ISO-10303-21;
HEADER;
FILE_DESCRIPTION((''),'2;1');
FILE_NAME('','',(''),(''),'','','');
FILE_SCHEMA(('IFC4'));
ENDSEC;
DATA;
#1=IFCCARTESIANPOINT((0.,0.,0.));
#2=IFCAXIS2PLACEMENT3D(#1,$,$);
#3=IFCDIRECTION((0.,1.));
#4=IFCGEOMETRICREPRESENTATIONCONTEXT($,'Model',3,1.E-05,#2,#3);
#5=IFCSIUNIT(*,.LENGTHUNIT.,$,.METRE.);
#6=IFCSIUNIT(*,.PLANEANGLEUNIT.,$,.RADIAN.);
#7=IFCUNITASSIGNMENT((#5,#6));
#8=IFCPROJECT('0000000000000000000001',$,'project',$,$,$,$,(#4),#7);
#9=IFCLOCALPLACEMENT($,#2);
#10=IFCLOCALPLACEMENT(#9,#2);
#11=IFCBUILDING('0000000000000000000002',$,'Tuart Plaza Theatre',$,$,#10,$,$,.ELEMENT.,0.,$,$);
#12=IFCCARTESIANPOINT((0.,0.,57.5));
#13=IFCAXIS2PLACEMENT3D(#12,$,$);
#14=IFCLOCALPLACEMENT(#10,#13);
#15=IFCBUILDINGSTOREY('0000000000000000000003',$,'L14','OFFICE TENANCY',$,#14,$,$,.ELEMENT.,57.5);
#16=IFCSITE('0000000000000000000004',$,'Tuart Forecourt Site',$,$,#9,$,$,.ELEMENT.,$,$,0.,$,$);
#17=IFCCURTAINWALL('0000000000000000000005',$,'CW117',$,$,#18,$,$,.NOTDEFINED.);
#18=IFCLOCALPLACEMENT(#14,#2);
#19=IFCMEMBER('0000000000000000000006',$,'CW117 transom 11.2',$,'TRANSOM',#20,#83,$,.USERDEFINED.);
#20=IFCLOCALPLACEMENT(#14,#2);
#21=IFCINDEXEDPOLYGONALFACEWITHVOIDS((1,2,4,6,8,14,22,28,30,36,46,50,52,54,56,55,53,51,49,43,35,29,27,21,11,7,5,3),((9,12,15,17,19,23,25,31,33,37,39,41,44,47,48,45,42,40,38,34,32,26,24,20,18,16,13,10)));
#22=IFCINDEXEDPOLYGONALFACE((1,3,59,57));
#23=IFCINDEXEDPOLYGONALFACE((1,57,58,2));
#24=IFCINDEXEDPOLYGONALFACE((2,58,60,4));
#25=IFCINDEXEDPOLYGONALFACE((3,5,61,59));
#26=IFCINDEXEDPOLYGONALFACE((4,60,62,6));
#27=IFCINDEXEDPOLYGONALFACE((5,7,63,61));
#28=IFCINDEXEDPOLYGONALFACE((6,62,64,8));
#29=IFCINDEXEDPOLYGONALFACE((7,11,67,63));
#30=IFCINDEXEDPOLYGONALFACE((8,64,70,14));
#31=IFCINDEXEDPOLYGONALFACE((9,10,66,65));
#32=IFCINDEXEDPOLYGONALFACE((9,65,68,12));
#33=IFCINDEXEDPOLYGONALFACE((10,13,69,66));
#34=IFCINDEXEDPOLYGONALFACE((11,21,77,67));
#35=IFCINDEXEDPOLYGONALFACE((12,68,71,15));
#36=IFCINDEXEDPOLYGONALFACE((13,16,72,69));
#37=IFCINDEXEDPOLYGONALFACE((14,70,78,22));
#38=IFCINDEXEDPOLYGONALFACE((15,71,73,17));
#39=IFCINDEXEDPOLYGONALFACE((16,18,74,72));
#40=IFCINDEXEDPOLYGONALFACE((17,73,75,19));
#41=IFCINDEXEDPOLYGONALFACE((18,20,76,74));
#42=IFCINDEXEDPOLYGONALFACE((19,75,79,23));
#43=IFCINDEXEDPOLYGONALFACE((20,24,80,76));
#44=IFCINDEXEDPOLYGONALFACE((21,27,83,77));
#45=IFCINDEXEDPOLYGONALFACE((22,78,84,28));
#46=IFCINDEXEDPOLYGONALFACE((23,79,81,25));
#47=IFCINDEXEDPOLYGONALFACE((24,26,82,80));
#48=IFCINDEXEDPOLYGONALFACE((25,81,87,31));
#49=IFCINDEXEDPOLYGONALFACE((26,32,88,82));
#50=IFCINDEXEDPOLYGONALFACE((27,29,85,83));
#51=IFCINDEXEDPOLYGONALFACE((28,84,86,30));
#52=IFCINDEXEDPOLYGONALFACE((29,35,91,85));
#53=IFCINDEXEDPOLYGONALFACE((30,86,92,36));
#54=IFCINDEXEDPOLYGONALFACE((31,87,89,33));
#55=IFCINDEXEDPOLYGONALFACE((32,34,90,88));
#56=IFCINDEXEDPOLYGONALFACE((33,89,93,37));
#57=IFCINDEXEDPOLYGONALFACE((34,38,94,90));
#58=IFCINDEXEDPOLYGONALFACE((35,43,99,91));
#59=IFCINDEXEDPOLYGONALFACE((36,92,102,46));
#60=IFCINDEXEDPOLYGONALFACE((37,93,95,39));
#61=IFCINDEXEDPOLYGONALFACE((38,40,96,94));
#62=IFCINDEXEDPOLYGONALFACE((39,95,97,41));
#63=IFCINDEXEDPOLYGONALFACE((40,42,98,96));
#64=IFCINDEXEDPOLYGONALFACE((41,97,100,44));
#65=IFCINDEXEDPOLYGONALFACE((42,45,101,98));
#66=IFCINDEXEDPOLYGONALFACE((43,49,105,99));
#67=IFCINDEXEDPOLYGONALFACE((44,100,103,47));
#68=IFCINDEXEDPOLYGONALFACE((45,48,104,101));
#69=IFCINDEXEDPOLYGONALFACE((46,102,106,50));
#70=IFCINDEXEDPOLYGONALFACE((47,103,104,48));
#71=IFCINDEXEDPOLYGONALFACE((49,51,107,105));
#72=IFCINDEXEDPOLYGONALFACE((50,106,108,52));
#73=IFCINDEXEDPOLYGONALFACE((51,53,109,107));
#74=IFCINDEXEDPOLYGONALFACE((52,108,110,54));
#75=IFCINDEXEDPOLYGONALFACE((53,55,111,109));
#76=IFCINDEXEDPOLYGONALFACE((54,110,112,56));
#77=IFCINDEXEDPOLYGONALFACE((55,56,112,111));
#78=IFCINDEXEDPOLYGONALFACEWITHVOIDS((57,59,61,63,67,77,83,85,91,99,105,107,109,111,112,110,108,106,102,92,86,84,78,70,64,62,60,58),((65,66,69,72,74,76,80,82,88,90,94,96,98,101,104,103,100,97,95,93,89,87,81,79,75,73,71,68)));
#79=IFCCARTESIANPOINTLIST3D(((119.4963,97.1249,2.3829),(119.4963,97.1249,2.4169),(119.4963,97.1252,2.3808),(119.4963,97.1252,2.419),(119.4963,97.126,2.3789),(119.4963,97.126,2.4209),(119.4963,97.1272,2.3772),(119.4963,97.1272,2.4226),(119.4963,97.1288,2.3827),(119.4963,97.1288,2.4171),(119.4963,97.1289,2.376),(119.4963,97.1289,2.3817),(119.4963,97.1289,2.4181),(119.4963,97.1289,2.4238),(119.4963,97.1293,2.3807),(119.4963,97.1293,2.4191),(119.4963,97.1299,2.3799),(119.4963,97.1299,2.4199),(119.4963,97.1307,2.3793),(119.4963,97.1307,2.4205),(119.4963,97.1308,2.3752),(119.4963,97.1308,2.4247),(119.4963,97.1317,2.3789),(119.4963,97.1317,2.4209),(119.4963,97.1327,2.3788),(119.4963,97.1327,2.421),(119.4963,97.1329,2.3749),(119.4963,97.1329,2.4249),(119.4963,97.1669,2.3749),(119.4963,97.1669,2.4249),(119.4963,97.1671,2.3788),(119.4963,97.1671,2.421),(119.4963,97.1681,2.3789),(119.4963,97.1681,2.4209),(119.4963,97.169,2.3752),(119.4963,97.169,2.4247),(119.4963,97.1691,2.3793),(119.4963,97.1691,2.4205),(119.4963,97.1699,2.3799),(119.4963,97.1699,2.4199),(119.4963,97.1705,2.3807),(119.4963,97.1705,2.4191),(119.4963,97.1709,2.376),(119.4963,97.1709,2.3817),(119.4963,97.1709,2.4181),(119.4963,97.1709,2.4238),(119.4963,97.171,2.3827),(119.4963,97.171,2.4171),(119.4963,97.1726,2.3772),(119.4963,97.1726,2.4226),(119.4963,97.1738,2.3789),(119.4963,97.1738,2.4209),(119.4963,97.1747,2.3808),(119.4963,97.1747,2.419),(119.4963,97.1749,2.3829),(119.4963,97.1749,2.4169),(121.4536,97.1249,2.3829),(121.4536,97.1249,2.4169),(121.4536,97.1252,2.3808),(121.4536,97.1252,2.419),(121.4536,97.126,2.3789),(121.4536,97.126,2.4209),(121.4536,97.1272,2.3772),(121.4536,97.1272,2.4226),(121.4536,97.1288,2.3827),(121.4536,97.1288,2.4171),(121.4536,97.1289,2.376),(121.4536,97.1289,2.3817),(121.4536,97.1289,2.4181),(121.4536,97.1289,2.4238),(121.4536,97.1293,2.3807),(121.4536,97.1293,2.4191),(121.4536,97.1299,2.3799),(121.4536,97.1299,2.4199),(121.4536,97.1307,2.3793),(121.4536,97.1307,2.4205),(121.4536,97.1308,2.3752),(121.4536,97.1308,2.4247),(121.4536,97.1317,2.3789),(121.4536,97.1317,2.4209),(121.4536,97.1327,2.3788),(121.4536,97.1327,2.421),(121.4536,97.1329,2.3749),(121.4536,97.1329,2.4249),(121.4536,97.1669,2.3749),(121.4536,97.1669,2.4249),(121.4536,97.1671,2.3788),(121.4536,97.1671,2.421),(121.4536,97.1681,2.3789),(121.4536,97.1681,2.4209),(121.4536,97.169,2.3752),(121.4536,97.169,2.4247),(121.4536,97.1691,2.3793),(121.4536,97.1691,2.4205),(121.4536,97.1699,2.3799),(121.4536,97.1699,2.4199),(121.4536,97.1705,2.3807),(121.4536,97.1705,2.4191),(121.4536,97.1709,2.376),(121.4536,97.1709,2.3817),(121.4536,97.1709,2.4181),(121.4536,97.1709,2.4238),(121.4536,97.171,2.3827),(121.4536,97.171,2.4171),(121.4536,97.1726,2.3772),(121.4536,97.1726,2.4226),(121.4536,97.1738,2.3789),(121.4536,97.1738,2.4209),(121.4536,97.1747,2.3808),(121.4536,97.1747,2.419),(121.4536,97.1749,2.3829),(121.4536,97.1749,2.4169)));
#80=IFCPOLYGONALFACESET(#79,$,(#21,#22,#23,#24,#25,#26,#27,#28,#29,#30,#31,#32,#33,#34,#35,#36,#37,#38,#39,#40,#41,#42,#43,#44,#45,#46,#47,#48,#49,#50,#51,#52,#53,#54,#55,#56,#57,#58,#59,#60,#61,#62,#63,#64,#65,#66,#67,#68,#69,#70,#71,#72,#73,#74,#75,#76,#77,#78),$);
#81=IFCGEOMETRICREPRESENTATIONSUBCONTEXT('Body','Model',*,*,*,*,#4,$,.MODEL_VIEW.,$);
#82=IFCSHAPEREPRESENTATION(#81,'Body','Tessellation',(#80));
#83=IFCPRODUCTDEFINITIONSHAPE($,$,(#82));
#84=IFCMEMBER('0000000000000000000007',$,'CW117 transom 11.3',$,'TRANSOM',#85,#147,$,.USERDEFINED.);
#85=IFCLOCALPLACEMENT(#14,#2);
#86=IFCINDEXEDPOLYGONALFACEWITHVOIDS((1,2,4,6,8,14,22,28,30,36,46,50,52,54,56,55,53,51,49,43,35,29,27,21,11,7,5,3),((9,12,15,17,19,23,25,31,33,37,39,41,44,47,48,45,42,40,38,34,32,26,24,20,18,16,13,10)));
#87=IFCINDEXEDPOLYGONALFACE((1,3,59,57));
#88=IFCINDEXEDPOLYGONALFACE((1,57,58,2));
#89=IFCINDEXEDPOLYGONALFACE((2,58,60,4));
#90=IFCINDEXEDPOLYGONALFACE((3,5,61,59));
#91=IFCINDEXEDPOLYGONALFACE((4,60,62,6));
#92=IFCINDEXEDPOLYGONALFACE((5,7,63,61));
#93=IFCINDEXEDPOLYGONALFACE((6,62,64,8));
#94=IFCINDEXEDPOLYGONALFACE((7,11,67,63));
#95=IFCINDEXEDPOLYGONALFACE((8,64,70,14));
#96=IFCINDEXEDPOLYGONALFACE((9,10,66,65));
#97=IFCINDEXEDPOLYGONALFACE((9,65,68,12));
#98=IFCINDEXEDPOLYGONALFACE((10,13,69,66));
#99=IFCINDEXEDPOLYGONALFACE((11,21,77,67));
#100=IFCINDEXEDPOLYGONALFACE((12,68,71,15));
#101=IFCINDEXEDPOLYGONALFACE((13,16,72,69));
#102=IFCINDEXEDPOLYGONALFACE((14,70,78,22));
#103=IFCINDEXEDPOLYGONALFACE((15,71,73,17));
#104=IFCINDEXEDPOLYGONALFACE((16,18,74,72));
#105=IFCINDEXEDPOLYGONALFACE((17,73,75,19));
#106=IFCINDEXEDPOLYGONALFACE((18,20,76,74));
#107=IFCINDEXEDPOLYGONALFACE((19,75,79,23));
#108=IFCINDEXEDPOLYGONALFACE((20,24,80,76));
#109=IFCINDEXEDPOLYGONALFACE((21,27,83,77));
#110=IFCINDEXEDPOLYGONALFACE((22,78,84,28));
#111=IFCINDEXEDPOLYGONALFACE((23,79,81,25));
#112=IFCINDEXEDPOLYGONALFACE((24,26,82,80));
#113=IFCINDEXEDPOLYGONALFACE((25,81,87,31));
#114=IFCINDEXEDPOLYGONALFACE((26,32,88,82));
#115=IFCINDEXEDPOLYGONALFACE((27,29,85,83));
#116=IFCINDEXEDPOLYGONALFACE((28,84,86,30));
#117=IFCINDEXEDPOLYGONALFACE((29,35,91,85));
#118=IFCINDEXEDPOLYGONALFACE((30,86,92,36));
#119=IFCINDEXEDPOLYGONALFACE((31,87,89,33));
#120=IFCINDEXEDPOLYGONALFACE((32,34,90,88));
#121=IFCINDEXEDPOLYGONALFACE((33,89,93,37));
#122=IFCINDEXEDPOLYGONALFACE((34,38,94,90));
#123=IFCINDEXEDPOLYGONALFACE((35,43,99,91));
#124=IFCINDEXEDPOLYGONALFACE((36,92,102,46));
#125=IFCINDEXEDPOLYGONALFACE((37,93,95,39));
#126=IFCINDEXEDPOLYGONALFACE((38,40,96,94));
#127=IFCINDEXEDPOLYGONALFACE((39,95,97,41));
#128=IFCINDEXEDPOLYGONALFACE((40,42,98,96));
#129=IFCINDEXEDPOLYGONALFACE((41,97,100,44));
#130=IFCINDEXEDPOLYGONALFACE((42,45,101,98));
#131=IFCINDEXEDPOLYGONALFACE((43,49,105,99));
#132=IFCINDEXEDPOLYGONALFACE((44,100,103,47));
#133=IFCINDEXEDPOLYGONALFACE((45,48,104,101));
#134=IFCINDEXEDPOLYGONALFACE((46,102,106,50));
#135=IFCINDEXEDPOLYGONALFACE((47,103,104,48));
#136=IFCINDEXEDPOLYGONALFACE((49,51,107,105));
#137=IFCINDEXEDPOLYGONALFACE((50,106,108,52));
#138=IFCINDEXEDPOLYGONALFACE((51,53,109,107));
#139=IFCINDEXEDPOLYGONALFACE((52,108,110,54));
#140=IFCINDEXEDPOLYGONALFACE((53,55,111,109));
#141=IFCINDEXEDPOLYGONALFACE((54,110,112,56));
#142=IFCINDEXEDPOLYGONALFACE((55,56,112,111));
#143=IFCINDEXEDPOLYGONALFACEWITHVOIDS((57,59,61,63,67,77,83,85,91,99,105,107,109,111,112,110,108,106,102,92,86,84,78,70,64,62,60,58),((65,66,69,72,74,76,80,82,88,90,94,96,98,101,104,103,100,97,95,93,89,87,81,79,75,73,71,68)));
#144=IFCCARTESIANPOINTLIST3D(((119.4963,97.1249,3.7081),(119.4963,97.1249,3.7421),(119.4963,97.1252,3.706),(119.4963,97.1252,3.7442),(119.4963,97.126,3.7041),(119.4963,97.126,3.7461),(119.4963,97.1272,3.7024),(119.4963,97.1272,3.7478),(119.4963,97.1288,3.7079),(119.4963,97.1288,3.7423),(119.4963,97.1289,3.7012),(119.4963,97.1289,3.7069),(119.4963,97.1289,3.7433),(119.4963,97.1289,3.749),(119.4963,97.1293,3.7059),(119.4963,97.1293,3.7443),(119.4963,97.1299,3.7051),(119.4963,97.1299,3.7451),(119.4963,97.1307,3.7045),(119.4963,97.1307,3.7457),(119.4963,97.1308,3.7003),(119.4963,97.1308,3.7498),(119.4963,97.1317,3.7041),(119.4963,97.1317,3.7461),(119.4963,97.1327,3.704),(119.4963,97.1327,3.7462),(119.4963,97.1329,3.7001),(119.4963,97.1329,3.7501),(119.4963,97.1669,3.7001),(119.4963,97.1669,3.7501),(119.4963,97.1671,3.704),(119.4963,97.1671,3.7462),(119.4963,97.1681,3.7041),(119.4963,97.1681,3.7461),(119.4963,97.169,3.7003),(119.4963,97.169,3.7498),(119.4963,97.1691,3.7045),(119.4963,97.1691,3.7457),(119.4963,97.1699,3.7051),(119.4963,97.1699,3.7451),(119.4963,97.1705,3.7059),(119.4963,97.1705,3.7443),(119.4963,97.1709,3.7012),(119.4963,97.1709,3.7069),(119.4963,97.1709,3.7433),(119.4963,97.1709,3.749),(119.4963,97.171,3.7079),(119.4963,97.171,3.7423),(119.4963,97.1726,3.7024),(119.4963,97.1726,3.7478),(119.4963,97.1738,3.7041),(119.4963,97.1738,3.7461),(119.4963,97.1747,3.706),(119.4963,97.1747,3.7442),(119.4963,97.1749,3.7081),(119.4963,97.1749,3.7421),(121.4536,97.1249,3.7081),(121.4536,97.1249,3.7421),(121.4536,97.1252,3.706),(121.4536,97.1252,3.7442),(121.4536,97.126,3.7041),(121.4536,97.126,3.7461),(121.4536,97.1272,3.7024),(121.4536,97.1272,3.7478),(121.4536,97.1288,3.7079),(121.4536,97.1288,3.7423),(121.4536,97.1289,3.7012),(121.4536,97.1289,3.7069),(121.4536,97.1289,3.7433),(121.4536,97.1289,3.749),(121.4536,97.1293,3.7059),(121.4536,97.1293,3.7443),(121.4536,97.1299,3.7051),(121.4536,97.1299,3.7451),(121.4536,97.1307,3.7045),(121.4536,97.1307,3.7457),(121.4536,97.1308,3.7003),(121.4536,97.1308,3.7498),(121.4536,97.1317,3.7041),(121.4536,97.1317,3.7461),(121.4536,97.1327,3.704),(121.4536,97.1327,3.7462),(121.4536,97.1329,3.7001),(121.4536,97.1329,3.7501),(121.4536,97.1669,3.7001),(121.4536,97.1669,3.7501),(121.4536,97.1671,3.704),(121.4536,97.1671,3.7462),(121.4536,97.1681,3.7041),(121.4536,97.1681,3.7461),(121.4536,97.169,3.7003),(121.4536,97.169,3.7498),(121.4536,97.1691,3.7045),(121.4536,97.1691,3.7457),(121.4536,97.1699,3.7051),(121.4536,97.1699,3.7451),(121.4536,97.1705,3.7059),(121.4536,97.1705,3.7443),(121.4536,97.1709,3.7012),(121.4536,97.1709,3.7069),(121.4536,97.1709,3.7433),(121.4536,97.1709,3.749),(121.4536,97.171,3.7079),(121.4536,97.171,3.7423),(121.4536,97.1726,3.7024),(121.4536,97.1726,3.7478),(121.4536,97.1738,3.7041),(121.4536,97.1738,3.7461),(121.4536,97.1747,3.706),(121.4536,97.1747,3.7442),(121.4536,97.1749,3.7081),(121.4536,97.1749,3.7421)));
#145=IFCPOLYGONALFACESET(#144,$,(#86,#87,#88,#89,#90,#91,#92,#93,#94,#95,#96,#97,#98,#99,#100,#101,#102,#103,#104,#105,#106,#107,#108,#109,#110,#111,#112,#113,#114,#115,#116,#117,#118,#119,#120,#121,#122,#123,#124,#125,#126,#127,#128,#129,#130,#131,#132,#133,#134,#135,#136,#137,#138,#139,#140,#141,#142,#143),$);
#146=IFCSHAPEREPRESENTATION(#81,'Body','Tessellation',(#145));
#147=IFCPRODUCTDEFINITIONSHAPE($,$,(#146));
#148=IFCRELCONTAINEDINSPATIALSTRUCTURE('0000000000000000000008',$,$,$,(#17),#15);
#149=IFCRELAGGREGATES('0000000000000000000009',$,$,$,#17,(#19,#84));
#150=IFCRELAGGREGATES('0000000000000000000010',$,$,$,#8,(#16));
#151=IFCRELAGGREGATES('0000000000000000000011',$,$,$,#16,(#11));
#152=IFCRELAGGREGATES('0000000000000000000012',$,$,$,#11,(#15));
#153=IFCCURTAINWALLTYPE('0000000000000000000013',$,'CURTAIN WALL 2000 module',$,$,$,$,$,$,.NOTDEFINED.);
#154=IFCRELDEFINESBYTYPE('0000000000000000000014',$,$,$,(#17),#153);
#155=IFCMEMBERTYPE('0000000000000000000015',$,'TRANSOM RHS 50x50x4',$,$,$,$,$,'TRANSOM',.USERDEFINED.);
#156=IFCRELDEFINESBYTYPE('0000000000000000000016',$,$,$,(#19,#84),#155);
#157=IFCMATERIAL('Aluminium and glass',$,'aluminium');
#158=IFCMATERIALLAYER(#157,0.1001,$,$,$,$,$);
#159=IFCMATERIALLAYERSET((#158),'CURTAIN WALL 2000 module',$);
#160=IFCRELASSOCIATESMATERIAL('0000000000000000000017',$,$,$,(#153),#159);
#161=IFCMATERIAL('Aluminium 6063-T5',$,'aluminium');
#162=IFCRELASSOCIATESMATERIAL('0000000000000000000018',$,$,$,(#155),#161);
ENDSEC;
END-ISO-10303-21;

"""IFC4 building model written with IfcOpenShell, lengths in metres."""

from ifc_helpers import new_model, si_unit, direction, frame, origin, origin_2d, place, context, subcontext, project, spatial, hollow_rectangle, extrude, material, layer, layer_set, material_profile, profile_set, type_object, element, aggregate, save


model = new_model("IFC4")

# Units and contexts
model_context = context("Model", 3, precision=1e-05, world=origin(), true_north=direction((0.0, 1.0)))
body_context = subcontext(model_context, "Body", "Model", "MODEL_VIEW")
ifc_project = project(units=[si_unit("LENGTHUNIT", "METRE"), si_unit("PLANEANGLEUNIT", "RADIAN")], contexts=[model_context])

# Site, building, storey
site_placement = place(None, origin())
site = spatial("IfcSite", under=ifc_project, at=site_placement, Name="Tuart Forecourt Site", CompositionType="ELEMENT", RefElevation=0.0)
building_placement = place(site_placement, origin())
building = spatial("IfcBuilding", under=site, at=building_placement, Name="Tuart Plaza Theatre", CompositionType="ELEMENT", ElevationOfRefHeight=0.0)
storey_placement = place(building_placement, frame((0.0, 0.0, 57.5)))
storey = spatial("IfcBuildingStorey", under=building, at=storey_placement, Name="L14", Description="OFFICE TENANCY", CompositionType="ELEMENT", Elevation=57.5)

# Curtain wall, members
ifc_material_1 = material(Name="Aluminium and glass", Category="aluminium")
ifc_layer_1 = layer(ifc_material_1, 0.1001)
ifc_layer_set_1 = layer_set([ifc_layer_1], Name="CURTAIN WALL 2000 module")
curtain_wall_type = type_object("IfcCurtainWallType", Name="CURTAIN WALL 2000 module", PredefinedType="NOTDEFINED", material=ifc_layer_set_1)
curtain_wall_placement = place(storey_placement, origin())
curtain_wall = element("IfcCurtainWall", 1, at=curtain_wall_placement, inside=storey, type_object=curtain_wall_type, Name="CW117", PredefinedType="NOTDEFINED")
ifc_material_2 = material(Name="Aluminium 6063-T5", Category="aluminium")
ifc_material_profile_1 = material_profile(ifc_material_2, hollow_rectangle(XDim=0.05, YDim=0.05, WallThickness=0.0039, InnerFilletRadius=0.0039, OuterFilletRadius=0.0081, at=origin_2d()), Name="RHS 50x50x4")
ifc_profile_set_1 = profile_set([ifc_material_profile_1], Name="Aluminium 6063-T5")
member_type_1 = type_object("IfcMemberType", Name="TRANSOM RHS 50x50x4", ElementType="TRANSOM", PredefinedType="USERDEFINED", material=ifc_profile_set_1)
member_1_placement = place(storey_placement, frame((121.4536, 97.1499, 2.3999), z_axis=(-1.0, 0.0, 0.0), x_axis=(0.0, -1.0, 0.0)))
member_1 = element("IfcMember", 2, at=member_1_placement, type_object=member_type_1, Name="CW117 transom 11.2", ObjectType="TRANSOM", PredefinedType="USERDEFINED", context=body_context, shape_type="SweptSolid", body=[
    extrude(hollow_rectangle(XDim=0.05, YDim=0.05, WallThickness=0.0039, InnerFilletRadius=0.0039, OuterFilletRadius=0.0081, at=origin_2d()), origin(), (0.0, 0.0, 1.0), 1.9573),
])
member_2_placement = place(storey_placement, frame((121.4536, 97.1499, 3.7251), z_axis=(-1.0, 0.0, 0.0), x_axis=(0.0, -1.0, 0.0)))
member_2 = element("IfcMember", 3, at=member_2_placement, type_object=member_type_1, Name="CW117 transom 11.3", ObjectType="TRANSOM", PredefinedType="USERDEFINED", context=body_context, shape_type="SweptSolid", body=[
    extrude(hollow_rectangle(XDim=0.05, YDim=0.05, WallThickness=0.0039, InnerFilletRadius=0.0039, OuterFilletRadius=0.0081, at=origin_2d()), origin(), (0.0, 0.0, 1.0), 1.9573),
])
aggregate(curtain_wall, [member_1, member_2])

save(model, "model.ifc")
